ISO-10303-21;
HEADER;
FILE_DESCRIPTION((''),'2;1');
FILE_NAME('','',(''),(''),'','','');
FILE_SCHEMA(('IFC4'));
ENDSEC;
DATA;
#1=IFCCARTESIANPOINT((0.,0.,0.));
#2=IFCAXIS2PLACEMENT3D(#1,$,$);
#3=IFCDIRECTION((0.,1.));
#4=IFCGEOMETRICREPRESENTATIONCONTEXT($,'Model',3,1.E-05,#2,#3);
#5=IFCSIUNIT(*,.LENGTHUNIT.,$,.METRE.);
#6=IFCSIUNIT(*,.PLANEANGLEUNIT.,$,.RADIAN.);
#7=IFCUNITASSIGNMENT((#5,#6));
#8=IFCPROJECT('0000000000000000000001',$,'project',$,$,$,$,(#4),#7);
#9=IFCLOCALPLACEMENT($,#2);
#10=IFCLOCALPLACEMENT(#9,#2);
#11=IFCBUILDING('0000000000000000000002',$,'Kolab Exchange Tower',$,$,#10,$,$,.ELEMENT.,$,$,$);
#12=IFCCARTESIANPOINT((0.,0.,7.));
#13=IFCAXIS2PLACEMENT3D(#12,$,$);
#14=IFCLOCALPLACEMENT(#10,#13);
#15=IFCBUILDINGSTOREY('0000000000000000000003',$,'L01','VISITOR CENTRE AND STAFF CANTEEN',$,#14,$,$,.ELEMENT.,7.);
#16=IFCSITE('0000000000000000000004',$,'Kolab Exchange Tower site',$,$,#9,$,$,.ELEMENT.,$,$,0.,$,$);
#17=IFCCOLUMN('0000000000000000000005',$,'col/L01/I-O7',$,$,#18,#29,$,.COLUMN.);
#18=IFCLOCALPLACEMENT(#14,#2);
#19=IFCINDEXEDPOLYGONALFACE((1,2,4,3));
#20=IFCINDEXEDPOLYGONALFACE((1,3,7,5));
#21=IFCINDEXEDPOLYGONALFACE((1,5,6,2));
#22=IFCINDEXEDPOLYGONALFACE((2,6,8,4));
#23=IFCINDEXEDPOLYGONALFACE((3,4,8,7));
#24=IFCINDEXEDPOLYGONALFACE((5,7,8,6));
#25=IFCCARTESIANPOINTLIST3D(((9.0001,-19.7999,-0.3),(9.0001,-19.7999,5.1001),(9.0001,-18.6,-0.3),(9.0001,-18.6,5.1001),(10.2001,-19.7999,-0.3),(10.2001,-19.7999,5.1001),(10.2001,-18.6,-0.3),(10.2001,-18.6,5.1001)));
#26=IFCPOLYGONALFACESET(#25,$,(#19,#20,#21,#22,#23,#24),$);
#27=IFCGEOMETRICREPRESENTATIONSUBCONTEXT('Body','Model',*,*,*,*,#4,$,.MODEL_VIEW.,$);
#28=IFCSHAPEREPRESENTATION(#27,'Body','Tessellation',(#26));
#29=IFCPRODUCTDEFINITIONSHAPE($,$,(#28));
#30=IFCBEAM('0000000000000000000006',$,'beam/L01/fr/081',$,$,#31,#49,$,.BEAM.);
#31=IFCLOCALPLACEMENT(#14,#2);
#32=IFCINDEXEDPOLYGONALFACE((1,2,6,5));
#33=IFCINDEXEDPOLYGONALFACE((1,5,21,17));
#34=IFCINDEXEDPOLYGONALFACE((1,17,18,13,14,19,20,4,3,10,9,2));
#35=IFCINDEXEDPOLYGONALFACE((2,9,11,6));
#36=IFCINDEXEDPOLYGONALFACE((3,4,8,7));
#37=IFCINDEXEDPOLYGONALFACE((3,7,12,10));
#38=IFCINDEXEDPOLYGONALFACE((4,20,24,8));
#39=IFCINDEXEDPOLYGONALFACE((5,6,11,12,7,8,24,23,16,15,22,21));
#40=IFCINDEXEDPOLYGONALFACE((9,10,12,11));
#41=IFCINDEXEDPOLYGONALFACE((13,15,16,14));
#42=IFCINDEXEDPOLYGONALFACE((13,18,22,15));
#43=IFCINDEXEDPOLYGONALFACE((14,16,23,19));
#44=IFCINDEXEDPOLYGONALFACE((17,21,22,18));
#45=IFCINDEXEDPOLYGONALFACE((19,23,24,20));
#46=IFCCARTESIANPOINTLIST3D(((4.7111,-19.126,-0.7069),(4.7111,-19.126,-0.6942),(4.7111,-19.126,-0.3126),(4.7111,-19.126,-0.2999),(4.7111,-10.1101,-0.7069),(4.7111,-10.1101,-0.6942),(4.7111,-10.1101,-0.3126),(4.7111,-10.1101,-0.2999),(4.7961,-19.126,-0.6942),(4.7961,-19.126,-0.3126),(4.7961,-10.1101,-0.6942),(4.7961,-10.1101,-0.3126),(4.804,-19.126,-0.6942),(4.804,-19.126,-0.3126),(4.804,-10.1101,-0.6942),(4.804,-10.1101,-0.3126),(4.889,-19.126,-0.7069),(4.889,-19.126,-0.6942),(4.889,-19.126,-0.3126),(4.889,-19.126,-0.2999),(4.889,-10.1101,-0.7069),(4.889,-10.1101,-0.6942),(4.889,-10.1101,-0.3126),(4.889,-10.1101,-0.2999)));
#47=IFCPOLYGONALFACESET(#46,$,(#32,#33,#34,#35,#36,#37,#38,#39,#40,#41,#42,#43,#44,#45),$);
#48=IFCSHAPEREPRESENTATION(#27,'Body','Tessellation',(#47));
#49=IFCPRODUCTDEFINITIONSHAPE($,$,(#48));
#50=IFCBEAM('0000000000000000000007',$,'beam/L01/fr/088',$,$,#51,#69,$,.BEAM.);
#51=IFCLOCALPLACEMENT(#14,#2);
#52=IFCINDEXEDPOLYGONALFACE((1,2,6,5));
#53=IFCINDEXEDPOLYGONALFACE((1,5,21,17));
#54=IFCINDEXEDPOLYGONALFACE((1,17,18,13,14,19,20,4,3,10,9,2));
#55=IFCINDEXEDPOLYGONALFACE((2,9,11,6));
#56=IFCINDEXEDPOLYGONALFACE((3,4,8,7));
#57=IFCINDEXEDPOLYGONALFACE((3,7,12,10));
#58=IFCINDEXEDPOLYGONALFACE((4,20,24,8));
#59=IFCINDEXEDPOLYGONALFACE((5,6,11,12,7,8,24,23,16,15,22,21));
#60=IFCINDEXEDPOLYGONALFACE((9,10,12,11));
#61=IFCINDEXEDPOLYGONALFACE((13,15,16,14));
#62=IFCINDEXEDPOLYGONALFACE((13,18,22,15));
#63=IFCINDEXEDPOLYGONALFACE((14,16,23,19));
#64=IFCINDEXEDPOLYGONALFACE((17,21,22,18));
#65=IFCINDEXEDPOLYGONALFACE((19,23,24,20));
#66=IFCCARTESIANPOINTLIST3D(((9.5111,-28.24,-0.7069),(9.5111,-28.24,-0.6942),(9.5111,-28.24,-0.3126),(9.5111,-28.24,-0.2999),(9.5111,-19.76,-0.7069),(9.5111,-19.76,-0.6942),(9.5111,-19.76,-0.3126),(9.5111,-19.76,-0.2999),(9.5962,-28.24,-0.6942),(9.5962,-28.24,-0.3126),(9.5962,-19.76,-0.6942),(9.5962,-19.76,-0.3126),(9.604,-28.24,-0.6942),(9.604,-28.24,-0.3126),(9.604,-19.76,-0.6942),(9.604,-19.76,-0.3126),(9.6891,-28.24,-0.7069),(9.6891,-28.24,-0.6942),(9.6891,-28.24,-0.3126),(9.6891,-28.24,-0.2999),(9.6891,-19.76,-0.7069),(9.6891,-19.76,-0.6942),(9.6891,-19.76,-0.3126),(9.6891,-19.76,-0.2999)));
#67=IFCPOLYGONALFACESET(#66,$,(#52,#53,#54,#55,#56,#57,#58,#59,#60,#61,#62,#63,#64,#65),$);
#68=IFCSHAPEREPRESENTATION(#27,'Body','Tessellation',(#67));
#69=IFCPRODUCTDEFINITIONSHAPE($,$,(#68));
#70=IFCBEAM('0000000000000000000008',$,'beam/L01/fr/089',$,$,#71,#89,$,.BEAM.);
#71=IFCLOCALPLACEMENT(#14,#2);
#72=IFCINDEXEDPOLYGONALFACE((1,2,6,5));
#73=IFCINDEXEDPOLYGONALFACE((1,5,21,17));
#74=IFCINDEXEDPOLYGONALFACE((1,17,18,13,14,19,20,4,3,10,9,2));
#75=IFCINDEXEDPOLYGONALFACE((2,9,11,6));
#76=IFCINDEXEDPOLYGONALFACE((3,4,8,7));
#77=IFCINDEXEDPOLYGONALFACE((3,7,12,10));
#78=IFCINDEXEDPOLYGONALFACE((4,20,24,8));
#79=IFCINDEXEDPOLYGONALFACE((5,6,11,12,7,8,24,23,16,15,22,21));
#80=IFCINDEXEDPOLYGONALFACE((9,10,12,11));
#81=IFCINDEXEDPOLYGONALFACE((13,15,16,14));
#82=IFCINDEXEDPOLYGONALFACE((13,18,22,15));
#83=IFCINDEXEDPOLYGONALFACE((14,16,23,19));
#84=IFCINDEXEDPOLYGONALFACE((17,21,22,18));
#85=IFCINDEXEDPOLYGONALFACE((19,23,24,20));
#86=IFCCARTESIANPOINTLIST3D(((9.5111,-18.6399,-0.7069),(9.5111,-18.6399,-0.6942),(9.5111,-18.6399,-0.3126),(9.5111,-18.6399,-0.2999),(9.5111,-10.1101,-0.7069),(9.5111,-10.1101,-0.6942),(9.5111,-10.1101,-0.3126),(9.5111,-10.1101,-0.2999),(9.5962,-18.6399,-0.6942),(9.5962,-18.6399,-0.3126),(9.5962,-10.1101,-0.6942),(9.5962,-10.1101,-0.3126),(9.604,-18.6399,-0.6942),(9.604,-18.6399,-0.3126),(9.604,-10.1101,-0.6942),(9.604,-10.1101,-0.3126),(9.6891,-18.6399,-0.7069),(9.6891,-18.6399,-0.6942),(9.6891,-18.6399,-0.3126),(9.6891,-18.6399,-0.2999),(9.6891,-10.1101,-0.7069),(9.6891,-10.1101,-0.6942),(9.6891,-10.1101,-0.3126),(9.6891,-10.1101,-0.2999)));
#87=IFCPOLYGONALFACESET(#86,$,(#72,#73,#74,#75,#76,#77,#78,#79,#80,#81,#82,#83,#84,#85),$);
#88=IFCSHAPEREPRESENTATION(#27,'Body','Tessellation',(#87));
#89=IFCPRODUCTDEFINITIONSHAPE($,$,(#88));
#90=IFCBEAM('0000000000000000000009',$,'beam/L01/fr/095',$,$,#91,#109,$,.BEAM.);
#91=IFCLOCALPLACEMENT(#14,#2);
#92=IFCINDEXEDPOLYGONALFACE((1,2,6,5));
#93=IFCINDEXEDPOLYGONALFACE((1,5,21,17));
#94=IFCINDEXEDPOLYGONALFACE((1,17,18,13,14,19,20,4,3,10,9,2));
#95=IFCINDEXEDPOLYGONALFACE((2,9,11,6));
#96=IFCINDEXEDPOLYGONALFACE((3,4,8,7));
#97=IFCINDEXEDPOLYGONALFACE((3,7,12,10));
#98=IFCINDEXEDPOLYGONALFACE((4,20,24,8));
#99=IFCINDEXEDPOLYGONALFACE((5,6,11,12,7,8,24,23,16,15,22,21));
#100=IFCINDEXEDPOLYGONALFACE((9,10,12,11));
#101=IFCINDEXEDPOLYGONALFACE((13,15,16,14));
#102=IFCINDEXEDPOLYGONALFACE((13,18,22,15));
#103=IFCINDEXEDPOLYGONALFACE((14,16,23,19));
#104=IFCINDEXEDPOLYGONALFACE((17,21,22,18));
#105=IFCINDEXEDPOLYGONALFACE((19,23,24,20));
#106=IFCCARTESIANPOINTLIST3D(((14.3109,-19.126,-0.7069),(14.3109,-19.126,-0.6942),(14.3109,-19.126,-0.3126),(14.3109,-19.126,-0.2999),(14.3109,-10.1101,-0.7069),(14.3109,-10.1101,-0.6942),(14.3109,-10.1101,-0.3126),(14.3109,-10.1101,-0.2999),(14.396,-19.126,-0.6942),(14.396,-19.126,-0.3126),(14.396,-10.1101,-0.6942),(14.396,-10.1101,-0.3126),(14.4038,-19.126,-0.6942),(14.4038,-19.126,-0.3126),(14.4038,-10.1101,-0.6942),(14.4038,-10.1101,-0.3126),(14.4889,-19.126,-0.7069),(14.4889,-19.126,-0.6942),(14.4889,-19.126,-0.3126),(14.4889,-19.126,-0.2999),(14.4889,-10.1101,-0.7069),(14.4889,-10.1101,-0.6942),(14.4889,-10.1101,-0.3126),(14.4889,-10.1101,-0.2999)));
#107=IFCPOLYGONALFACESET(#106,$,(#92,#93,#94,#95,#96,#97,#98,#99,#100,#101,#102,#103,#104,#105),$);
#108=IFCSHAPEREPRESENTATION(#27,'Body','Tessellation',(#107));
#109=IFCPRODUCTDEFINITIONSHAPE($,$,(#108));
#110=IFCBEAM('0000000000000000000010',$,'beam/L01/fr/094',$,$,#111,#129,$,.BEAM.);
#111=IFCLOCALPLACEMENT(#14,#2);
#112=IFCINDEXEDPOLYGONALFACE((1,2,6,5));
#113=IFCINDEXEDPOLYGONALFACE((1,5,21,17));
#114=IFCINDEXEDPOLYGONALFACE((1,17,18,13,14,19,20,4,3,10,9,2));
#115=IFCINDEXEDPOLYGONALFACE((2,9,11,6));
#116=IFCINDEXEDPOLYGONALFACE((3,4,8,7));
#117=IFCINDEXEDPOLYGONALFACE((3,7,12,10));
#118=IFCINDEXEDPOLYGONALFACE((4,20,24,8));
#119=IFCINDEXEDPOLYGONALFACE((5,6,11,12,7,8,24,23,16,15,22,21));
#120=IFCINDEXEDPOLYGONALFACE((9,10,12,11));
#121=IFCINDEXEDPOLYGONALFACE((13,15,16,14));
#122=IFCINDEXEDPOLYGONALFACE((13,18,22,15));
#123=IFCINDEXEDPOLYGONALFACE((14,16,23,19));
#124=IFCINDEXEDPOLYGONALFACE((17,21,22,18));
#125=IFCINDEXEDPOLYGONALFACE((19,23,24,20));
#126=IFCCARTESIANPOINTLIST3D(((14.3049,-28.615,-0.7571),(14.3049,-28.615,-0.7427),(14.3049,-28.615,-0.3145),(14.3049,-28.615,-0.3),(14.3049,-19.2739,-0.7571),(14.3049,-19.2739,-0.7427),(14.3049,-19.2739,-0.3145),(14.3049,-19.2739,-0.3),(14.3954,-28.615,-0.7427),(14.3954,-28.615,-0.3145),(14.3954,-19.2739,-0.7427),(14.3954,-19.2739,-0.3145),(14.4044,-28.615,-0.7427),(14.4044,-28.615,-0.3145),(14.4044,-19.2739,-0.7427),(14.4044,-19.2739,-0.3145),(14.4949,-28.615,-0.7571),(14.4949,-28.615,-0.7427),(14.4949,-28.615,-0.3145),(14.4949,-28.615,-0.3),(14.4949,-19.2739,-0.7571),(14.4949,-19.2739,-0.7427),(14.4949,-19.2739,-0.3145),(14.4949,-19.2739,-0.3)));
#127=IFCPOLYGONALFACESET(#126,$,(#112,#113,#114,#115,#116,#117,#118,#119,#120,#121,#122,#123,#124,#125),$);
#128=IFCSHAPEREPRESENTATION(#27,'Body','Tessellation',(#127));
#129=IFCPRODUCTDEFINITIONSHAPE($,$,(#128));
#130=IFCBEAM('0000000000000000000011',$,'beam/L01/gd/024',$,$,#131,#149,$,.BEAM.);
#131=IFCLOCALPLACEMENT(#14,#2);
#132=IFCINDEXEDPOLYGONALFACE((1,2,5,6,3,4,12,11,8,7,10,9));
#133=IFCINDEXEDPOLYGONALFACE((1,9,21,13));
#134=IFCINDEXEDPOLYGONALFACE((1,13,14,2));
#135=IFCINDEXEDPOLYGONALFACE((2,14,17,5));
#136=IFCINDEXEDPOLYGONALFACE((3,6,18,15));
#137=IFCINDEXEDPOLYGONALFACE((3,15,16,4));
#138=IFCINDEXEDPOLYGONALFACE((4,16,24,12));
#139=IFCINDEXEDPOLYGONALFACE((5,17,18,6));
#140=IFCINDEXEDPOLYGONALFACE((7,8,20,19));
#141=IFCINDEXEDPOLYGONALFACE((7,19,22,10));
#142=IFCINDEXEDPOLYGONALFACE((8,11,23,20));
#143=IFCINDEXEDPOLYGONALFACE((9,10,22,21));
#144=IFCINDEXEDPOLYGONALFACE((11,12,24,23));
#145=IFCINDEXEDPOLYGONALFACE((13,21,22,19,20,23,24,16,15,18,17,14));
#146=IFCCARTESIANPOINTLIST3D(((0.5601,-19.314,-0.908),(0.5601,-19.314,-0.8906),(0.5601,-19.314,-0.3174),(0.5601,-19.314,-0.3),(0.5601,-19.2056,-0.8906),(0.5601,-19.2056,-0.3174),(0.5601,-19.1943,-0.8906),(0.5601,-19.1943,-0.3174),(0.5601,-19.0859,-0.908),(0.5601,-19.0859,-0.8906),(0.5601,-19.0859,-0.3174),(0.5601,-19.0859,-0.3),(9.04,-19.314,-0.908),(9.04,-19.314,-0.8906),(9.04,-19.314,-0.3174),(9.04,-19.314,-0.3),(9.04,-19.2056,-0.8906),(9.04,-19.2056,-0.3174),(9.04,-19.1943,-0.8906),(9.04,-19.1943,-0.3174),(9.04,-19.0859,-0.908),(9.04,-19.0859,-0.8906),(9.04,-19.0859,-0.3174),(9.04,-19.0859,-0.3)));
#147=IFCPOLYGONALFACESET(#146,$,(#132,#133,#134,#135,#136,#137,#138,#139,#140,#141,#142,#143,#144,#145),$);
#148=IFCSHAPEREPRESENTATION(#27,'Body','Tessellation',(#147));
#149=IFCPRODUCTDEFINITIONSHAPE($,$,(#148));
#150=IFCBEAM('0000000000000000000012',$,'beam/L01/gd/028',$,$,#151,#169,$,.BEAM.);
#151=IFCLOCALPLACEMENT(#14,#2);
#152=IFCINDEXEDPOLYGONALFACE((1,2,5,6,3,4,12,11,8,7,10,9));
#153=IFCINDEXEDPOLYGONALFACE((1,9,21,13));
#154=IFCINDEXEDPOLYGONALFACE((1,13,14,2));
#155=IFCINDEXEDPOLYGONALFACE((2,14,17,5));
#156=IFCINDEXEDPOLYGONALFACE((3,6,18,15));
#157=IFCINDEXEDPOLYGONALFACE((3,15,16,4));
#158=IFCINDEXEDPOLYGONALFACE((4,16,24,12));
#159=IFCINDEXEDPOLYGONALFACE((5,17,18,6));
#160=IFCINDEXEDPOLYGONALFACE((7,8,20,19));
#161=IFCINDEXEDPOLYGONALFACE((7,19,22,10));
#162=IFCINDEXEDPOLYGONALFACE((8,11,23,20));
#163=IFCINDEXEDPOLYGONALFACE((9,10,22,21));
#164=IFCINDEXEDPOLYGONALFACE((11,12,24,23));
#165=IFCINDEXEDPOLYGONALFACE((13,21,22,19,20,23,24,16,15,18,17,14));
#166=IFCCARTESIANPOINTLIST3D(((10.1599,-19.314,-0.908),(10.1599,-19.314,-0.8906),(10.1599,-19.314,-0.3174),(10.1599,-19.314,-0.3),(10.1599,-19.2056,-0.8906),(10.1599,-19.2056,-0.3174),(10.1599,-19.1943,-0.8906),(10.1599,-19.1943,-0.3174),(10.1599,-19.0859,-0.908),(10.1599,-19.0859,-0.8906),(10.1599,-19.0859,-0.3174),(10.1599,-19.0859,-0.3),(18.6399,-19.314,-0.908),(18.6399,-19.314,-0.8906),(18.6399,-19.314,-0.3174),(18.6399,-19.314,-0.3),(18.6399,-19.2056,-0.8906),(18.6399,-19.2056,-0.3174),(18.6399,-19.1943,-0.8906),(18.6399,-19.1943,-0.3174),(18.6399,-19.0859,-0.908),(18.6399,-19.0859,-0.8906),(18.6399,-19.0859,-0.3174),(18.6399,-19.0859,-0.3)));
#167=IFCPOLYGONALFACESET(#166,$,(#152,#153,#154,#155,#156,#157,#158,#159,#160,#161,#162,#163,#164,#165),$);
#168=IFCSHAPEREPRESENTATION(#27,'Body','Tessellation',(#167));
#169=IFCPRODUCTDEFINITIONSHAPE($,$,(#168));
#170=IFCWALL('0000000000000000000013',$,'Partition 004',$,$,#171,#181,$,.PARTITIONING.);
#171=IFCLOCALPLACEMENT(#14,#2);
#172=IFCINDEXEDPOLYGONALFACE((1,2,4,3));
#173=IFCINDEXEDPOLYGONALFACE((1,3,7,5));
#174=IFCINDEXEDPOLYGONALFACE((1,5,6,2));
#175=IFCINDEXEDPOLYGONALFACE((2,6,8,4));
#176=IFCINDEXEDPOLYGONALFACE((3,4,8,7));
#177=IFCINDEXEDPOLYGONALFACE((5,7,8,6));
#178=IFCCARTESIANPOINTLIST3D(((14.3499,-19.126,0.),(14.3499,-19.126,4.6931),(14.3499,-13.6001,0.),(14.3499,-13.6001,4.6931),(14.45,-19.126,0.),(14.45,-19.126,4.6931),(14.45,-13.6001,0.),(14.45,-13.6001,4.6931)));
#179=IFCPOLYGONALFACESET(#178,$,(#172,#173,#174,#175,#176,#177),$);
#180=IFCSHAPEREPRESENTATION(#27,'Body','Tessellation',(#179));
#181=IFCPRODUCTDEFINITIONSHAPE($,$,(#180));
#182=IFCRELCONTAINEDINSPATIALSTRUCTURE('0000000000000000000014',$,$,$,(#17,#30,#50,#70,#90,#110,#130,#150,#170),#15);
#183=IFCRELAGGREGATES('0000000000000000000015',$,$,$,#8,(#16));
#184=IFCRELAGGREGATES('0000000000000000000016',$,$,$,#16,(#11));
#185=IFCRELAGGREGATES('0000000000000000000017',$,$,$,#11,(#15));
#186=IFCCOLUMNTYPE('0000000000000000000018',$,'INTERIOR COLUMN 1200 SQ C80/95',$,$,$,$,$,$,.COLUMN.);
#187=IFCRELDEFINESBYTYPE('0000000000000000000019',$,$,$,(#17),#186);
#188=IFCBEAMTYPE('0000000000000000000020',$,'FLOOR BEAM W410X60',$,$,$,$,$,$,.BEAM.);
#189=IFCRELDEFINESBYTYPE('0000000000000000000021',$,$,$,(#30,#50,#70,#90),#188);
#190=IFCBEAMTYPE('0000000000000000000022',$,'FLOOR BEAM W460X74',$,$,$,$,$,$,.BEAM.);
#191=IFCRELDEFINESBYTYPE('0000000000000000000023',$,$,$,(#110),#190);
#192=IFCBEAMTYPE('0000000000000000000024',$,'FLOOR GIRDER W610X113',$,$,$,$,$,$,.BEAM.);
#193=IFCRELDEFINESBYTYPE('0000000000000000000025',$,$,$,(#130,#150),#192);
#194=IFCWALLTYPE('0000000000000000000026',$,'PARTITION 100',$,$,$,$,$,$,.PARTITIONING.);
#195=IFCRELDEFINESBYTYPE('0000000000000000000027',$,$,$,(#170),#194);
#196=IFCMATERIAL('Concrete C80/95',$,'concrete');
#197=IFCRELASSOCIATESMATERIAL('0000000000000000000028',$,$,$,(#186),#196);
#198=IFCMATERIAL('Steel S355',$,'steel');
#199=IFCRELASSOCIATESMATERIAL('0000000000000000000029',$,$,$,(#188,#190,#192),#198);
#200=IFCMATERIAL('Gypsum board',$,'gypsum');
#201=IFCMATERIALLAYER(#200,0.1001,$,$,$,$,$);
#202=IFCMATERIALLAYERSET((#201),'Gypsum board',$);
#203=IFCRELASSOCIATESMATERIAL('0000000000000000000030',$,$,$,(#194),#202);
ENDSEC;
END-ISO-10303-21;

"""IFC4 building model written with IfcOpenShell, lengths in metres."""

from ifc_helpers import new_model, si_unit, direction, frame, frame_2d, origin, origin_2d, place, context, subcontext, project, spatial, rectangle, i_section, extrude, material, layer, layer_set, material_profile, profile_set, type_object, element, save


model = new_model("IFC4")

# Units and contexts
model_context = context("Model", 3, precision=1e-05, world=origin(), true_north=direction((0.0, 1.0)))
body_context = subcontext(model_context, "Body", "Model", "MODEL_VIEW")
ifc_project = project(units=[si_unit("LENGTHUNIT", "METRE"), si_unit("PLANEANGLEUNIT", "RADIAN")], contexts=[model_context])

# Site, building, storey
site_placement = place(None, origin())
site = spatial("IfcSite", under=ifc_project, at=site_placement, Name="Kolab Exchange Tower site", CompositionType="ELEMENT", RefElevation=0.0)
building_placement = place(site_placement, origin())
building = spatial("IfcBuilding", under=site, at=building_placement, Name="Kolab Exchange Tower", CompositionType="ELEMENT")
storey_placement = place(building_placement, frame((0.0, 0.0, 7.0)))
storey = spatial("IfcBuildingStorey", under=building, at=storey_placement, Name="L01", Description="VISITOR CENTRE AND STAFF CANTEEN", CompositionType="ELEMENT", Elevation=7.0)

# Column
ifc_material_1 = material(Name="Concrete C80/95", Category="concrete")
ifc_material_profile_1 = material_profile(ifc_material_1, rectangle(XDim=1.2, YDim=1.2, at=origin_2d()), Name="RC1200")
ifc_profile_set_1 = profile_set([ifc_material_profile_1], Name="Concrete C80/95")
column_type = type_object("IfcColumnType", Name="INTERIOR COLUMN 1200 SQ C80/95", PredefinedType="COLUMN", material=ifc_profile_set_1)
column_placement = place(storey_placement, frame((9.6001, -19.2, -0.3), z_axis=(0.0, 0.0, 1.0), x_axis=(1.0, 0.0, 0.0)))
element("IfcColumn", 1, at=column_placement, inside=storey, type_object=column_type, Name="col/L01/I-O7", PredefinedType="COLUMN", context=body_context, shape_type="SweptSolid", body=[
    extrude(rectangle(XDim=1.2, YDim=1.2, at=origin_2d()), origin(), (0.0, 0.0, 1.0), 5.4001),
])

# Beams
ifc_material_2 = material(Name="Steel S355", Category="steel")
ifc_material_profile_2 = material_profile(ifc_material_2, i_section(OverallWidth=0.178, OverallDepth=0.407, WebThickness=0.0078, FlangeThickness=0.0127, at=origin_2d()), Name="W410X60")
ifc_profile_set_2 = profile_set([ifc_material_profile_2], Name="Steel S355")
beam_type_1 = type_object("IfcBeamType", Name="FLOOR BEAM W410X60", PredefinedType="BEAM", material=ifc_profile_set_2)
beam_1_placement = place(storey_placement, frame((4.8, -19.126, -0.5034), z_axis=(0.0, 1.0, 0.0), x_axis=(-1.0, 0.0, 0.0)))
element("IfcBeam", 2, at=beam_1_placement, inside=storey, type_object=beam_type_1, Name="beam/L01/fr/081", PredefinedType="BEAM", context=body_context, shape_type="SweptSolid", body=[
    extrude(i_section(OverallWidth=0.178, OverallDepth=0.407, WebThickness=0.0078, FlangeThickness=0.0127, at=origin_2d()), origin(), (0.0, 0.0, 1.0), 9.0159),
])
beam_2_placement = place(storey_placement, frame((9.6001, -28.24, -0.5034), z_axis=(0.0, 1.0, 0.0), x_axis=(-1.0, 0.0, 0.0)))
element("IfcBeam", 3, at=beam_2_placement, inside=storey, type_object=beam_type_1, Name="beam/L01/fr/088", PredefinedType="BEAM", context=body_context, shape_type="SweptSolid", body=[
    extrude(i_section(OverallWidth=0.178, OverallDepth=0.407, WebThickness=0.0078, FlangeThickness=0.0127, at=origin_2d()), origin(), (0.0, 0.0, 1.0), 8.48),
])
beam_3_placement = place(storey_placement, frame((9.6001, -18.6399, -0.5034), z_axis=(0.0, 1.0, 0.0), x_axis=(-1.0, 0.0, 0.0)))
element("IfcBeam", 4, at=beam_3_placement, inside=storey, type_object=beam_type_1, Name="beam/L01/fr/089", PredefinedType="BEAM", context=body_context, shape_type="SweptSolid", body=[
    extrude(i_section(OverallWidth=0.178, OverallDepth=0.407, WebThickness=0.0078, FlangeThickness=0.0127, at=origin_2d()), origin(), (0.0, 0.0, 1.0), 8.5298),
])
beam_4_placement = place(storey_placement, frame((14.3999, -19.126, -0.5034), z_axis=(0.0, 1.0, 0.0), x_axis=(-1.0, 0.0, 0.0)))
element("IfcBeam", 5, at=beam_4_placement, inside=storey, type_object=beam_type_1, Name="beam/L01/fr/095", PredefinedType="BEAM", context=body_context, shape_type="SweptSolid", body=[
    extrude(i_section(OverallWidth=0.178, OverallDepth=0.407, WebThickness=0.0078, FlangeThickness=0.0127, at=origin_2d()), origin(), (0.0, 0.0, 1.0), 9.0159),
])
ifc_material_profile_3 = material_profile(ifc_material_2, i_section(OverallWidth=0.1899, OverallDepth=0.457, WebThickness=0.009, FlangeThickness=0.0144, at=origin_2d()), Name="W460X74")
ifc_profile_set_3 = profile_set([ifc_material_profile_3], Name="Steel S355")
beam_type_2 = type_object("IfcBeamType", Name="FLOOR BEAM W460X74", PredefinedType="BEAM", material=ifc_profile_set_3)
beam_5_placement = place(storey_placement, frame((14.3999, -28.615, -0.5286), z_axis=(0.0, 1.0, 0.0), x_axis=(-1.0, 0.0, 0.0)))
element("IfcBeam", 6, at=beam_5_placement, inside=storey, type_object=beam_type_2, Name="beam/L01/fr/094", PredefinedType="BEAM", context=body_context, shape_type="SweptSolid", body=[
    extrude(i_section(OverallWidth=0.1899, OverallDepth=0.457, WebThickness=0.009, FlangeThickness=0.0144, at=origin_2d()), origin(), (0.0, 0.0, 1.0), 9.3411),
])
ifc_material_profile_4 = material_profile(ifc_material_2, i_section(OverallWidth=0.228, OverallDepth=0.6079, WebThickness=0.0112, FlangeThickness=0.0173, at=origin_2d()), Name="W610X113")
ifc_profile_set_4 = profile_set([ifc_material_profile_4], Name="Steel S355")
beam_type_3 = type_object("IfcBeamType", Name="FLOOR GIRDER W610X113", PredefinedType="BEAM", material=ifc_profile_set_4)
for number, where, z_axis, x_axis, name in (
    (7, (0.5601, -19.2, -0.604), (1.0, 0.0, 0.0), (0.0, 1.0, 0.0), "beam/L01/gd/024"),
    (8, (10.1599, -19.2, -0.604), (1.0, 0.0, 0.0), (0.0, 1.0, 0.0), "beam/L01/gd/028"),
):
    element("IfcBeam", number, at=place(storey_placement, frame(where, z_axis=z_axis, x_axis=x_axis)), inside=storey, type_object=beam_type_3, Name=name, PredefinedType="BEAM", context=body_context, shape_type="SweptSolid", body=[
        extrude(i_section(OverallWidth=0.228, OverallDepth=0.6079, WebThickness=0.0112, FlangeThickness=0.0173, at=origin_2d()), origin(), (0.0, 0.0, 1.0), 8.48),
    ])

# Wall
ifc_material_3 = material(Name="Gypsum board", Category="gypsum")
ifc_layer_1 = layer(ifc_material_3, 0.1001)
ifc_layer_set_1 = layer_set([ifc_layer_1], Name="Gypsum board")
wall_type_1 = type_object("IfcWallType", Name="PARTITION 100", PredefinedType="PARTITIONING", material=ifc_layer_set_1)
wall_1_placement = place(storey_placement, frame((14.3999, -19.126, 0.0), z_axis=(0.0, 0.0, 1.0), x_axis=(0.0, 1.0, 0.0)))
element("IfcWall", 9, at=wall_1_placement, inside=storey, type_object=wall_type_1, Name="Partition 004", PredefinedType="PARTITIONING", context=body_context, shape_type="SweptSolid", body=[
    extrude(rectangle(XDim=5.5259, YDim=0.1001, at=frame_2d((2.7629, 0.0))), origin(), (0.0, 0.0, 1.0), 4.6931),
])

save(model, "model.ifc")
